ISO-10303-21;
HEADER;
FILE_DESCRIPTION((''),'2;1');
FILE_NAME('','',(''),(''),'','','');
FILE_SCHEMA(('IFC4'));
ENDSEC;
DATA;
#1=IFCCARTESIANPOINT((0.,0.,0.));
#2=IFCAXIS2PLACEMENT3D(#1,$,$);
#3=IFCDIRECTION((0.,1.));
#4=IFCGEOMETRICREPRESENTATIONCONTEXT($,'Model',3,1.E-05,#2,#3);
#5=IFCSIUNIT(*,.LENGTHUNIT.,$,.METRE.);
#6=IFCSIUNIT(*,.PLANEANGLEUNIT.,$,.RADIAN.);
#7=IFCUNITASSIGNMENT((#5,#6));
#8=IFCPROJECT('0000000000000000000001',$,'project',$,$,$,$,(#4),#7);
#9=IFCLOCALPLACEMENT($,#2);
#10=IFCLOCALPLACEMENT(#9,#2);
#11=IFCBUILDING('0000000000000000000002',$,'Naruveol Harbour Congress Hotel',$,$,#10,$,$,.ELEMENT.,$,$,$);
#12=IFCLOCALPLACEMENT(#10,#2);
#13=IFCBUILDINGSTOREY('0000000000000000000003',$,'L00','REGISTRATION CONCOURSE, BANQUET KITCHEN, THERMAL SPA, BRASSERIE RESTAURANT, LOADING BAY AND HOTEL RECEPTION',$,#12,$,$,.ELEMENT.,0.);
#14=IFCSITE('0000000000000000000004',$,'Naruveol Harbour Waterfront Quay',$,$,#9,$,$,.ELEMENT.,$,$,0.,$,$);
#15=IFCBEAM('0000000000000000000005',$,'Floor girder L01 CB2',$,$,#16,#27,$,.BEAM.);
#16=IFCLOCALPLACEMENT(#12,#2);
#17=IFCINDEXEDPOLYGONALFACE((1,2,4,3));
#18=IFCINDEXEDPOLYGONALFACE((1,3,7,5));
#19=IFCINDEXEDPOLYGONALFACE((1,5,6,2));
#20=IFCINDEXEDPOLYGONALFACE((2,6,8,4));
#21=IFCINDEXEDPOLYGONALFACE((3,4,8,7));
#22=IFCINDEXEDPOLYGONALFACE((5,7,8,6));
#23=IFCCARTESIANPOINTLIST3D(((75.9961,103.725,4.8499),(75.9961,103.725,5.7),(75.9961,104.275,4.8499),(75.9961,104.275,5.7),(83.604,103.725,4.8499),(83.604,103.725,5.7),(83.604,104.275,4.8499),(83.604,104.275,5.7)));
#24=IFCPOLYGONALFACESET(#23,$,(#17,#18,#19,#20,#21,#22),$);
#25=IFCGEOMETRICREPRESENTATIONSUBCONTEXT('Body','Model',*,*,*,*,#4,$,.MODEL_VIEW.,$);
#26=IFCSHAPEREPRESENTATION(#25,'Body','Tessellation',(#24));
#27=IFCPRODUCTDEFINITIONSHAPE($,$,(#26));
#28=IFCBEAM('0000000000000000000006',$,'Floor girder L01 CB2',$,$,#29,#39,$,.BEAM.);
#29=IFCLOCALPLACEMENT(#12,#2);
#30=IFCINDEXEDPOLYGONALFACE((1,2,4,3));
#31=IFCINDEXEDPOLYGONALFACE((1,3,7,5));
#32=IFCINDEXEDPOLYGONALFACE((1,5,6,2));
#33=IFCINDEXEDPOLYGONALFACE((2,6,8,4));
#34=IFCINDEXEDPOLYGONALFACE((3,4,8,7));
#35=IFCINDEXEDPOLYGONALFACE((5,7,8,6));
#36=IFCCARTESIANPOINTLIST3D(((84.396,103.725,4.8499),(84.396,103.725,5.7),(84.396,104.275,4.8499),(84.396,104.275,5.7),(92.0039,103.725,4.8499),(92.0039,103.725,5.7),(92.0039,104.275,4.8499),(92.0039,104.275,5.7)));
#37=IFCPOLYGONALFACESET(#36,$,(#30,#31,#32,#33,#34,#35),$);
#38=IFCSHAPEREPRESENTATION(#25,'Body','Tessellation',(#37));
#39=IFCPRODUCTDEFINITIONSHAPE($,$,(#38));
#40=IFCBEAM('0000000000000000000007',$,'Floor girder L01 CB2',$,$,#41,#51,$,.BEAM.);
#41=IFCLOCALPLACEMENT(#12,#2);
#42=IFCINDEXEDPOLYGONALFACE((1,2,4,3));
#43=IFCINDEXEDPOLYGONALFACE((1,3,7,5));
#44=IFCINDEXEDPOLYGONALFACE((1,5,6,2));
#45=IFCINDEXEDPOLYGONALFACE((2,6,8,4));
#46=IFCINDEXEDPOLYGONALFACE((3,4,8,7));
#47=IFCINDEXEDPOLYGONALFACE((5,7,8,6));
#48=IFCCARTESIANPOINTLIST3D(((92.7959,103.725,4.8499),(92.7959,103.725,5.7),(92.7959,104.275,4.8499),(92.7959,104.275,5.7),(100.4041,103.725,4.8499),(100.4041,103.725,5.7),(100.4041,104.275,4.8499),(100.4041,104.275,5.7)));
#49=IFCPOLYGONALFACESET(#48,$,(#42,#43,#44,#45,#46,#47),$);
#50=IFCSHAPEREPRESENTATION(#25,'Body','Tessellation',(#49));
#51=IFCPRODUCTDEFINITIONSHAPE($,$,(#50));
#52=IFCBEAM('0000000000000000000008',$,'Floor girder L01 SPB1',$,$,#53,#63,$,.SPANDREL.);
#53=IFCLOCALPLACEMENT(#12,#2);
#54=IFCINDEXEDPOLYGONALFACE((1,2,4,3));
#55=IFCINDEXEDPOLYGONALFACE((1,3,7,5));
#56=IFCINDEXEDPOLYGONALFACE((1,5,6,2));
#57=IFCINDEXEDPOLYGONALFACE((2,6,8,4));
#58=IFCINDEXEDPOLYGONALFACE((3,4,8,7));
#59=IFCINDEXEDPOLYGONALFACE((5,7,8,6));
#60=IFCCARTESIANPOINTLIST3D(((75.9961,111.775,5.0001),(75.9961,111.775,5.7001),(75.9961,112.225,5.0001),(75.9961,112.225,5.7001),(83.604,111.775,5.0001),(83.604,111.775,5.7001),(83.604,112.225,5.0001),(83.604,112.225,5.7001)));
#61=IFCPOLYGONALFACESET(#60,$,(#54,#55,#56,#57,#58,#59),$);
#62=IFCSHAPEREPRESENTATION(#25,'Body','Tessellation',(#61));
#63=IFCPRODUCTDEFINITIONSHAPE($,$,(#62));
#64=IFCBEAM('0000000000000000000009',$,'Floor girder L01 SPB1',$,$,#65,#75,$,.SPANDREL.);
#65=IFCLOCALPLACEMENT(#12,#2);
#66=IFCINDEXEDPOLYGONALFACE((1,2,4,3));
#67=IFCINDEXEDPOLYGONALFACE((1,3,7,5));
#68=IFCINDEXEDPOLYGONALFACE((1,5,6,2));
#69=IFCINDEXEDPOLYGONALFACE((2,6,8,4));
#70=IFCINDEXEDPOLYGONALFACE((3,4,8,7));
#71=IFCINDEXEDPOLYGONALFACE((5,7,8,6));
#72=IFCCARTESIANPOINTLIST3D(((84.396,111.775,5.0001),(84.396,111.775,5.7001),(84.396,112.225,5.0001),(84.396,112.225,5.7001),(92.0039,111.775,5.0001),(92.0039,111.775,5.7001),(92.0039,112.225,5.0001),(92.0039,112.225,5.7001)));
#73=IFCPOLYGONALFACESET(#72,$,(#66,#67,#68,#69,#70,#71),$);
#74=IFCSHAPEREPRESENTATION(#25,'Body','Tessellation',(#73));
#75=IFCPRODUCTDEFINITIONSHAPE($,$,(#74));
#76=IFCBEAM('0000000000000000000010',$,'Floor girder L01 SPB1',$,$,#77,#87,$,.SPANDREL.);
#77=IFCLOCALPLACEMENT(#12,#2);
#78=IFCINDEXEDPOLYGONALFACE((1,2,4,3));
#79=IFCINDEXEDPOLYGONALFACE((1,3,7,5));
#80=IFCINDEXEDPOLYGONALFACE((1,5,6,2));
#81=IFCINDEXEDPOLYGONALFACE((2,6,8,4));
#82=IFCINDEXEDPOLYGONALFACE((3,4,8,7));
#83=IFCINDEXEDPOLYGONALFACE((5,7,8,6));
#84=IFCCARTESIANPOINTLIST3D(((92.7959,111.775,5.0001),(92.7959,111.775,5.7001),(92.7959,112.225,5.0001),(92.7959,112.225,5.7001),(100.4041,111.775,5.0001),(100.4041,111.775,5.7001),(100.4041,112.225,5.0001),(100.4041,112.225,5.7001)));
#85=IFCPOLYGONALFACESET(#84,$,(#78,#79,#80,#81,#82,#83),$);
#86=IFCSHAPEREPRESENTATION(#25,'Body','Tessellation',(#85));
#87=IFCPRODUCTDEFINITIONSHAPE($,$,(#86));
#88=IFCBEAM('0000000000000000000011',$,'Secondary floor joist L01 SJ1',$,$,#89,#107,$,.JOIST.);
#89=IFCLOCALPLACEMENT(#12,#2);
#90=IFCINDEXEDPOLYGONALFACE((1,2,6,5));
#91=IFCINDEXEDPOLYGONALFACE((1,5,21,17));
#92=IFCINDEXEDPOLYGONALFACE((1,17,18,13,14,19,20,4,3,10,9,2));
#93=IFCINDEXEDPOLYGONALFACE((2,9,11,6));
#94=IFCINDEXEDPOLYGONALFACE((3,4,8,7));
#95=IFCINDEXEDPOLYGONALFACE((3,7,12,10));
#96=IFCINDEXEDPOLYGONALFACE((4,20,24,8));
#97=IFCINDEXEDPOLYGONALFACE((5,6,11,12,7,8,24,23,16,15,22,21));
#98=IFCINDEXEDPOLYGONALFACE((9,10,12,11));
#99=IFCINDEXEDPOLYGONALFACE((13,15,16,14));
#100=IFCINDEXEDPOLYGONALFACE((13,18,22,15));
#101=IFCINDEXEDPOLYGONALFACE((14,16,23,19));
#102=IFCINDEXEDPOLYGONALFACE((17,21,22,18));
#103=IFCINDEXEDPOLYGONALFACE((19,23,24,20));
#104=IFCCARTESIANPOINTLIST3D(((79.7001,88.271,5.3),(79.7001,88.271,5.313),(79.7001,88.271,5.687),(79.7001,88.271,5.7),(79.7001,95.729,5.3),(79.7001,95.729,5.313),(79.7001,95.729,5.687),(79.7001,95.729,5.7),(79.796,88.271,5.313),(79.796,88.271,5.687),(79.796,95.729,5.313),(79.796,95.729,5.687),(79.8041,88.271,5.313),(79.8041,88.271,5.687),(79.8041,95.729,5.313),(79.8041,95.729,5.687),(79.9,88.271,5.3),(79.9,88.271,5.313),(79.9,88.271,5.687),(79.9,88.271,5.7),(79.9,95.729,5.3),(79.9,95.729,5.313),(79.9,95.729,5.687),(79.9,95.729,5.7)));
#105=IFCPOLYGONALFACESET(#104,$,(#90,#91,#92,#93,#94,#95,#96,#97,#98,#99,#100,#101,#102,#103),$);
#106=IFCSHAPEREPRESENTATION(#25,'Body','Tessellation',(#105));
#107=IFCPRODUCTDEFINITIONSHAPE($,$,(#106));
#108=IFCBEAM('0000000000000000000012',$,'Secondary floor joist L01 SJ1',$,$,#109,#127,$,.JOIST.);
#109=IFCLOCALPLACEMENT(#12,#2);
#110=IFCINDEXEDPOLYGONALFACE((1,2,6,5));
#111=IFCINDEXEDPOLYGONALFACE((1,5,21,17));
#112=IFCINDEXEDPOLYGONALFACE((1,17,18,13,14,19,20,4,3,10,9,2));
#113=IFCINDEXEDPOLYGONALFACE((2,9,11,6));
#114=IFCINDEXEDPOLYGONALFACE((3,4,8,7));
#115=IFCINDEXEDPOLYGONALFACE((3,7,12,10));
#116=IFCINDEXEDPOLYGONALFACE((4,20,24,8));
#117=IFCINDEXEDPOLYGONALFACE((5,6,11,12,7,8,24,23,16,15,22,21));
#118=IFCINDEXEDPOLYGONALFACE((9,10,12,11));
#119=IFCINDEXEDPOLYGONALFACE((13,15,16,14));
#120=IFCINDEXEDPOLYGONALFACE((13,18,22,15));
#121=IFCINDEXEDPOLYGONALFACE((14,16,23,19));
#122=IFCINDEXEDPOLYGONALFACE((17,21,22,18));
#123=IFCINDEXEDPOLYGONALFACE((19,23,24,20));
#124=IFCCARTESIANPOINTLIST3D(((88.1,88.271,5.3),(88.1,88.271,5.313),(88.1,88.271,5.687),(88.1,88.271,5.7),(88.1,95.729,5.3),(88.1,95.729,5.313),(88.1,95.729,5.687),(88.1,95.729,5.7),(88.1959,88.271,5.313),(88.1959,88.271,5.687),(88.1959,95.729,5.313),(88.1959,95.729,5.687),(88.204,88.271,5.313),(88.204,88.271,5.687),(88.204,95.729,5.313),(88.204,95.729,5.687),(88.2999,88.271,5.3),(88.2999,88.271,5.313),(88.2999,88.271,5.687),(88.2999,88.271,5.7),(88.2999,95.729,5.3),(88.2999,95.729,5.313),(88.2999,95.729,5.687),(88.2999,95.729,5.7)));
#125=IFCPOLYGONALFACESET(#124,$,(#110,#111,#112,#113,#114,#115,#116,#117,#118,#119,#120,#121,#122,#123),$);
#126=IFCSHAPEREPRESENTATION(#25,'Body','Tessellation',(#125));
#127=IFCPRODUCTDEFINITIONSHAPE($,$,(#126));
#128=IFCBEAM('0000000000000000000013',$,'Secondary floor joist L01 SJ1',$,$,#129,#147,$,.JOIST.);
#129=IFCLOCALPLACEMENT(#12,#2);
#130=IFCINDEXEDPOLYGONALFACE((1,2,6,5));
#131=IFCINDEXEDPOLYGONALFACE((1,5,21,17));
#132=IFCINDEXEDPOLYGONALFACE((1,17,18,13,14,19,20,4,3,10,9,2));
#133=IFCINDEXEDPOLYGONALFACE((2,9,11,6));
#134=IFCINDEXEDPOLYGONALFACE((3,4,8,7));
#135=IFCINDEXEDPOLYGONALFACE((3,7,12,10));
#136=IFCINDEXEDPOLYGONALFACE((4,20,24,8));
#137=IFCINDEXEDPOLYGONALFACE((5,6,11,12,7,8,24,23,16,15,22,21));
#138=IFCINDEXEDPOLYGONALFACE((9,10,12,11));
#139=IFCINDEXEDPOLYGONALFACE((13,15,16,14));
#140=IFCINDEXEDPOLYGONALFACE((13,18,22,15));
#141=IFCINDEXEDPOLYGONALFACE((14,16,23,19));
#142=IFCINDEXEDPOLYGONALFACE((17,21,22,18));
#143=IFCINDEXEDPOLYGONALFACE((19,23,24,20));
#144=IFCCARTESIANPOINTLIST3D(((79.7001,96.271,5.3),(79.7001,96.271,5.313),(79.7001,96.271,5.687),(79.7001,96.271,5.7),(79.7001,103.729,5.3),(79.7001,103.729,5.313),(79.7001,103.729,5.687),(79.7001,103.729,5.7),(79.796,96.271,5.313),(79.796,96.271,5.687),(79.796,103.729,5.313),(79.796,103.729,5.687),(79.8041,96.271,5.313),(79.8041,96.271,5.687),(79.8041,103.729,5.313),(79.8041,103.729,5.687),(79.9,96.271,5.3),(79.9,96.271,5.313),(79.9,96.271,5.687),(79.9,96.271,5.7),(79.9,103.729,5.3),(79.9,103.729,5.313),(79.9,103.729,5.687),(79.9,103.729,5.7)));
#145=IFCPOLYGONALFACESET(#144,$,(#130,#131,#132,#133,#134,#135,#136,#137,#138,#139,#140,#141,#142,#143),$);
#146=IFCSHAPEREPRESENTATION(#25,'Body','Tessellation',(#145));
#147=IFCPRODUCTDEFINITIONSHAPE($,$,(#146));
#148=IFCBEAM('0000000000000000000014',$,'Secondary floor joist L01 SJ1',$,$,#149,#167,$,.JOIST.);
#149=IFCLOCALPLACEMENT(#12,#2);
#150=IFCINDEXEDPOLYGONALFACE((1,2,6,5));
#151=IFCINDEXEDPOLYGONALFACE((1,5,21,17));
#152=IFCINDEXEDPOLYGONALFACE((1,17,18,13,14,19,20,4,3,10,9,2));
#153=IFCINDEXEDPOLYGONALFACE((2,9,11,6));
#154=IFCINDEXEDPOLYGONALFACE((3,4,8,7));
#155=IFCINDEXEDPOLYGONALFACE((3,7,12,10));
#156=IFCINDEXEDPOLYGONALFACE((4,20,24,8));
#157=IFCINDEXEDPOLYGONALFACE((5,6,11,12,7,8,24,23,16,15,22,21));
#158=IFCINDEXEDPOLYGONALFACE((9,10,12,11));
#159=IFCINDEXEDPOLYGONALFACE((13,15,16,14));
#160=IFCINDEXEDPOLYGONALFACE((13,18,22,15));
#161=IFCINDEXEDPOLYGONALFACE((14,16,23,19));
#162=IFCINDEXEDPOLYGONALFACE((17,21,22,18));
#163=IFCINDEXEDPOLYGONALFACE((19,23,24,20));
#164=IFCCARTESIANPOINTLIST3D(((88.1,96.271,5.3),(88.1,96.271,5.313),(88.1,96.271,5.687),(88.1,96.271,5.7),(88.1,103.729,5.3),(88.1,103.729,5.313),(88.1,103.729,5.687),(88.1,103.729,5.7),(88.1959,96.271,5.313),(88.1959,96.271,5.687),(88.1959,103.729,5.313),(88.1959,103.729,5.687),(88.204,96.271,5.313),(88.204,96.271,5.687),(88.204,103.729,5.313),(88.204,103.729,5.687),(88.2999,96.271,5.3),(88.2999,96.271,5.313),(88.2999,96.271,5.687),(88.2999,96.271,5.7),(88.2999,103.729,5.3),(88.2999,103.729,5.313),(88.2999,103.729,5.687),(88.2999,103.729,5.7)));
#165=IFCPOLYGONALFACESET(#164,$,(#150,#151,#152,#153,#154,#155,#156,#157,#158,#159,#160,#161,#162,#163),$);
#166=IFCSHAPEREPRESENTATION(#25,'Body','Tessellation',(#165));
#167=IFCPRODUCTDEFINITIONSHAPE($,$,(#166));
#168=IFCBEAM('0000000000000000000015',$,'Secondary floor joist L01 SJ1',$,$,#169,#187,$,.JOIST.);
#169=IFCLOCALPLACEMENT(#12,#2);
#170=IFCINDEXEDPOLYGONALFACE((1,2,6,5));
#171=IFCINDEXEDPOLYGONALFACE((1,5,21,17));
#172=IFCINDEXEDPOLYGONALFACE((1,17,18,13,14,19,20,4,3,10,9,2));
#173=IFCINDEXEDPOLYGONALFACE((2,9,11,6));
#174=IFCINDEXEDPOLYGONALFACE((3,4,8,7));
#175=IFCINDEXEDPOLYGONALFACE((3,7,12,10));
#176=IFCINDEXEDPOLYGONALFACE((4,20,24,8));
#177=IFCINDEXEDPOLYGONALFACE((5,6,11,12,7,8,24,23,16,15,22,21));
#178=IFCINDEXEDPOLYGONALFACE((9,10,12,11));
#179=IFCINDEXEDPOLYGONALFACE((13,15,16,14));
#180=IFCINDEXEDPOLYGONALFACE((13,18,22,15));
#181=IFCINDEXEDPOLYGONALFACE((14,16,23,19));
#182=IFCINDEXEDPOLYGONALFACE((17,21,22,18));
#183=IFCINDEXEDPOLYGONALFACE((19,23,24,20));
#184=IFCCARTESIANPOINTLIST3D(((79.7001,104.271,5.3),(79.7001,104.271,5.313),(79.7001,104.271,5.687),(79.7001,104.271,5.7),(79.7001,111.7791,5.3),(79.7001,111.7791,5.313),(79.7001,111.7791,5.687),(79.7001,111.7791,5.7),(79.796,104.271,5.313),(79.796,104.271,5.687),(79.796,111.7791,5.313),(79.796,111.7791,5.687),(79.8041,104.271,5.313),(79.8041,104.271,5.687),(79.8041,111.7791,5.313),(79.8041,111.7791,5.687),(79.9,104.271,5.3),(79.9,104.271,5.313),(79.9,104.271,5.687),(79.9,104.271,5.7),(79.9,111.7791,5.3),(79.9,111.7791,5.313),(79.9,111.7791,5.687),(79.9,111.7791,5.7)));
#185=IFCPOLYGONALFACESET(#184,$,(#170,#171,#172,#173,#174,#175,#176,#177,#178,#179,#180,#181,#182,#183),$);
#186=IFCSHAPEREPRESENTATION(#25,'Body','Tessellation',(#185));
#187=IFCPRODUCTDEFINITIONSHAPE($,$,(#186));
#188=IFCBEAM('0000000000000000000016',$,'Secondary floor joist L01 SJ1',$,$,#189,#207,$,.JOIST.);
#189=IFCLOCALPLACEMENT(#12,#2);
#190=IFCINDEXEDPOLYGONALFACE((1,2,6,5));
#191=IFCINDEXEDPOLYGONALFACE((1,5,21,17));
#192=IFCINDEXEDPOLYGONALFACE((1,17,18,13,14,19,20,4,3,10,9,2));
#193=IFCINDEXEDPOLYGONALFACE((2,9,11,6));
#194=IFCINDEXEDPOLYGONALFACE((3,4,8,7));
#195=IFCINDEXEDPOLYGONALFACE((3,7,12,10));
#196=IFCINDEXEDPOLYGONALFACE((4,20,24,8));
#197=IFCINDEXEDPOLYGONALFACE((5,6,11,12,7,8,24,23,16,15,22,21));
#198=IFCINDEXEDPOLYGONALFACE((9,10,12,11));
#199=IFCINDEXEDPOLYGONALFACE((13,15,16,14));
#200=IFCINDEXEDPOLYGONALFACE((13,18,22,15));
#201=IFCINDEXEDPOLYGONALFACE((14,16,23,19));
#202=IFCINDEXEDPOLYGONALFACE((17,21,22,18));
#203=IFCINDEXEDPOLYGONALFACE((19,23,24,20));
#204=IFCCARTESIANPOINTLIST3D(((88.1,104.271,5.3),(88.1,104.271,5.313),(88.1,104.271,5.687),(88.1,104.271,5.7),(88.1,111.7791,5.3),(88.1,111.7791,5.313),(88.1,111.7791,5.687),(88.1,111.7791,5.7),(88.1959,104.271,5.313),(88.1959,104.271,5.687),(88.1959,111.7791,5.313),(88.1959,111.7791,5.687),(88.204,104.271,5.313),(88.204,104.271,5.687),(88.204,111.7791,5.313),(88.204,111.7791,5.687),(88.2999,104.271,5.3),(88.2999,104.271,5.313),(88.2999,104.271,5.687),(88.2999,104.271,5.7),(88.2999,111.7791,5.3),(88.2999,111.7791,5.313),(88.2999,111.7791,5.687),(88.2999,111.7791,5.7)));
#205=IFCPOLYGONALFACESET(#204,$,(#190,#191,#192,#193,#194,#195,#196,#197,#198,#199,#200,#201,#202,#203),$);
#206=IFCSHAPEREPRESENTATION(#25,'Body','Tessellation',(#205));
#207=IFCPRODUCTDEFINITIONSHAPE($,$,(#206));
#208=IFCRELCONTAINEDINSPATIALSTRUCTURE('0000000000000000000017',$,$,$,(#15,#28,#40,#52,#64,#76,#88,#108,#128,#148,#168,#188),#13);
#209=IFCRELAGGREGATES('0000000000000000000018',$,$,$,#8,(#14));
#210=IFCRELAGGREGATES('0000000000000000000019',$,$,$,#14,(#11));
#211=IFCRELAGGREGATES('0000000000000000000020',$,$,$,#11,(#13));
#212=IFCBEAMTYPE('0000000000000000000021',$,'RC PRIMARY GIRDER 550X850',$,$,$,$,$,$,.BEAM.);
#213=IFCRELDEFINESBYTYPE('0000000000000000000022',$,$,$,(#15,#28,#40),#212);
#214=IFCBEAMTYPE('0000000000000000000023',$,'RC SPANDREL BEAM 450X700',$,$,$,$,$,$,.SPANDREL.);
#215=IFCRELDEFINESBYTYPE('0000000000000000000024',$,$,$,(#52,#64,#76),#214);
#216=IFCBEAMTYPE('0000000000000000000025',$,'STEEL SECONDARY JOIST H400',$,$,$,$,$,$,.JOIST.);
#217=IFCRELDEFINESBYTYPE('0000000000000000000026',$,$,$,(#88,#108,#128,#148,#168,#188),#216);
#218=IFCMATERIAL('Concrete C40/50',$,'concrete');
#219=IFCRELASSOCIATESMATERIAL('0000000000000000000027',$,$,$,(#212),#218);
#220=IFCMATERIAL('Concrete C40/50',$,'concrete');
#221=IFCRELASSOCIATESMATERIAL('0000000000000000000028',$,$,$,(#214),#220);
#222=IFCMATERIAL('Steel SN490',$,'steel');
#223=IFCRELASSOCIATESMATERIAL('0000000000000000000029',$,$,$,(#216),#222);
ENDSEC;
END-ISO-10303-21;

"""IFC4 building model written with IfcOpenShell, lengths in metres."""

from ifc_helpers import new_model, si_unit, direction, frame, origin, origin_2d, place, context, subcontext, project, spatial, rectangle, i_section, extrude, material, material_profile, profile_set, type_object, element, save


model = new_model("IFC4")

# Units and contexts
model_context = context("Model", 3, precision=1e-05, world=origin(), true_north=direction((0.0, 1.0)))
body_context = subcontext(model_context, "Body", "Model", "MODEL_VIEW")
ifc_project = project(units=[si_unit("LENGTHUNIT", "METRE"), si_unit("PLANEANGLEUNIT", "RADIAN")], contexts=[model_context])

# Site, building, storey
site_placement = place(None, origin())
site = spatial("IfcSite", under=ifc_project, at=site_placement, Name="Naruveol Harbour Waterfront Quay", CompositionType="ELEMENT", RefElevation=0.0)
building_placement = place(site_placement, origin())
building = spatial("IfcBuilding", under=site, at=building_placement, Name="Naruveol Harbour Congress Hotel", CompositionType="ELEMENT")
storey_placement = place(building_placement, origin())
storey = spatial("IfcBuildingStorey", under=building, at=storey_placement, Name="L00", Description="REGISTRATION CONCOURSE, BANQUET KITCHEN, THERMAL SPA, BRASSERIE RESTAURANT, LOADING BAY AND HOTEL RECEPTION", CompositionType="ELEMENT", Elevation=0.0)

# Beams
ifc_material_1 = material(Name="Concrete C40/50", Category="concrete")
ifc_material_profile_1 = material_profile(ifc_material_1, rectangle(XDim=0.55, YDim=0.8501, at=origin_2d()), Name="RCB-550x850")
ifc_profile_set_1 = profile_set([ifc_material_profile_1], Name="Concrete C40/50")
beam_type_1 = type_object("IfcBeamType", Name="RC PRIMARY GIRDER 550X850", PredefinedType="BEAM", material=ifc_profile_set_1)
for number, where, z_axis, x_axis, name in (
    (1, (75.9961, 104.0, 5.2749), (1.0, 0.0, 0.0), (0.0, 1.0, 0.0), "Floor girder L01 CB2"),
    (2, (84.396, 104.0, 5.2749), (1.0, 0.0, 0.0), (0.0, 1.0, 0.0), "Floor girder L01 CB2"),
):
    element("IfcBeam", number, at=place(storey_placement, frame(where, z_axis=z_axis, x_axis=x_axis)), inside=storey, type_object=beam_type_1, Name=name, PredefinedType="BEAM", context=body_context, shape_type="SweptSolid", body=[
        extrude(rectangle(XDim=0.55, YDim=0.8501, at=origin_2d()), origin(), (0.0, 0.0, 1.0), 7.6079),
    ])
beam_1_placement = place(storey_placement, frame((92.7959, 104.0, 5.2749), z_axis=(1.0, 0.0, 0.0), x_axis=(0.0, 1.0, 0.0)))
element("IfcBeam", 3, at=beam_1_placement, inside=storey, type_object=beam_type_1, Name="Floor girder L01 CB2", PredefinedType="BEAM", context=body_context, shape_type="SweptSolid", body=[
    extrude(rectangle(XDim=0.55, YDim=0.8501, at=origin_2d()), origin(), (0.0, 0.0, 1.0), 7.6082),
])
ifc_material_2 = material(Name="Concrete C40/50", Category="concrete")
ifc_material_profile_2 = material_profile(ifc_material_2, rectangle(XDim=0.45, YDim=0.7, at=origin_2d()), Name="RCB-450x700")
ifc_profile_set_2 = profile_set([ifc_material_profile_2], Name="Concrete C40/50")
beam_type_2 = type_object("IfcBeamType", Name="RC SPANDREL BEAM 450X700", PredefinedType="SPANDREL", material=ifc_profile_set_2)
for number, where, z_axis, x_axis, name in (
    (4, (75.9961, 112.0, 5.3501), (1.0, 0.0, 0.0), (0.0, 1.0, 0.0), "Floor girder L01 SPB1"),
    (5, (84.396, 112.0, 5.3501), (1.0, 0.0, 0.0), (0.0, 1.0, 0.0), "Floor girder L01 SPB1"),
):
    element("IfcBeam", number, at=place(storey_placement, frame(where, z_axis=z_axis, x_axis=x_axis)), inside=storey, type_object=beam_type_2, Name=name, PredefinedType="SPANDREL", context=body_context, shape_type="SweptSolid", body=[
        extrude(rectangle(XDim=0.45, YDim=0.7, at=origin_2d()), origin(), (0.0, 0.0, 1.0), 7.6079),
    ])
beam_2_placement = place(storey_placement, frame((92.7959, 112.0, 5.3501), z_axis=(1.0, 0.0, 0.0), x_axis=(0.0, 1.0, 0.0)))
element("IfcBeam", 6, at=beam_2_placement, inside=storey, type_object=beam_type_2, Name="Floor girder L01 SPB1", PredefinedType="SPANDREL", context=body_context, shape_type="SweptSolid", body=[
    extrude(rectangle(XDim=0.45, YDim=0.7, at=origin_2d()), origin(), (0.0, 0.0, 1.0), 7.6082),
])
ifc_material_3 = material(Name="Steel SN490", Category="steel")
ifc_material_profile_3 = material_profile(ifc_material_3, i_section(OverallWidth=0.2, OverallDepth=0.3999, WebThickness=0.0081, FlangeThickness=0.0129, at=origin_2d()), Name="H-400x200x8x13")
ifc_profile_set_3 = profile_set([ifc_material_profile_3], Name="Steel SN490")
beam_type_3 = type_object("IfcBeamType", Name="STEEL SECONDARY JOIST H400", PredefinedType="JOIST", material=ifc_profile_set_3)
for number, where, z_axis, x_axis, name in (
    (7, (79.8, 88.271, 5.5), (0.0, 1.0, 0.0), (-1.0, 0.0, 0.0), "Secondary floor joist L01 SJ1"),
    (8, (88.2, 88.271, 5.5), (0.0, 1.0, 0.0), (-1.0, 0.0, 0.0), "Secondary floor joist L01 SJ1"),
    (9, (79.8, 96.271, 5.5), (0.0, 1.0, 0.0), (-1.0, 0.0, 0.0), "Secondary floor joist L01 SJ1"),
    (10, (88.2, 96.271, 5.5), (0.0, 1.0, 0.0), (-1.0, 0.0, 0.0), "Secondary floor joist L01 SJ1"),
):
    element("IfcBeam", number, at=place(storey_placement, frame(where, z_axis=z_axis, x_axis=x_axis)), inside=storey, type_object=beam_type_3, Name=name, PredefinedType="JOIST", context=body_context, shape_type="SweptSolid", body=[
        extrude(i_section(OverallWidth=0.2, OverallDepth=0.3999, WebThickness=0.0081, FlangeThickness=0.0129, at=origin_2d()), origin(), (0.0, 0.0, 1.0), 7.458),
    ])
for number, where, z_axis, x_axis, name in (
    (11, (79.8, 104.271, 5.5), (0.0, 1.0, 0.0), (-1.0, 0.0, 0.0), "Secondary floor joist L01 SJ1"),
    (12, (88.2, 104.271, 5.5), (0.0, 1.0, 0.0), (-1.0, 0.0, 0.0), "Secondary floor joist L01 SJ1"),
):
    element("IfcBeam", number, at=place(storey_placement, frame(where, z_axis=z_axis, x_axis=x_axis)), inside=storey, type_object=beam_type_3, Name=name, PredefinedType="JOIST", context=body_context, shape_type="SweptSolid", body=[
        extrude(i_section(OverallWidth=0.2, OverallDepth=0.3999, WebThickness=0.0081, FlangeThickness=0.0129, at=origin_2d()), origin(), (0.0, 0.0, 1.0), 7.5081),
    ])

save(model, "model.ifc")
